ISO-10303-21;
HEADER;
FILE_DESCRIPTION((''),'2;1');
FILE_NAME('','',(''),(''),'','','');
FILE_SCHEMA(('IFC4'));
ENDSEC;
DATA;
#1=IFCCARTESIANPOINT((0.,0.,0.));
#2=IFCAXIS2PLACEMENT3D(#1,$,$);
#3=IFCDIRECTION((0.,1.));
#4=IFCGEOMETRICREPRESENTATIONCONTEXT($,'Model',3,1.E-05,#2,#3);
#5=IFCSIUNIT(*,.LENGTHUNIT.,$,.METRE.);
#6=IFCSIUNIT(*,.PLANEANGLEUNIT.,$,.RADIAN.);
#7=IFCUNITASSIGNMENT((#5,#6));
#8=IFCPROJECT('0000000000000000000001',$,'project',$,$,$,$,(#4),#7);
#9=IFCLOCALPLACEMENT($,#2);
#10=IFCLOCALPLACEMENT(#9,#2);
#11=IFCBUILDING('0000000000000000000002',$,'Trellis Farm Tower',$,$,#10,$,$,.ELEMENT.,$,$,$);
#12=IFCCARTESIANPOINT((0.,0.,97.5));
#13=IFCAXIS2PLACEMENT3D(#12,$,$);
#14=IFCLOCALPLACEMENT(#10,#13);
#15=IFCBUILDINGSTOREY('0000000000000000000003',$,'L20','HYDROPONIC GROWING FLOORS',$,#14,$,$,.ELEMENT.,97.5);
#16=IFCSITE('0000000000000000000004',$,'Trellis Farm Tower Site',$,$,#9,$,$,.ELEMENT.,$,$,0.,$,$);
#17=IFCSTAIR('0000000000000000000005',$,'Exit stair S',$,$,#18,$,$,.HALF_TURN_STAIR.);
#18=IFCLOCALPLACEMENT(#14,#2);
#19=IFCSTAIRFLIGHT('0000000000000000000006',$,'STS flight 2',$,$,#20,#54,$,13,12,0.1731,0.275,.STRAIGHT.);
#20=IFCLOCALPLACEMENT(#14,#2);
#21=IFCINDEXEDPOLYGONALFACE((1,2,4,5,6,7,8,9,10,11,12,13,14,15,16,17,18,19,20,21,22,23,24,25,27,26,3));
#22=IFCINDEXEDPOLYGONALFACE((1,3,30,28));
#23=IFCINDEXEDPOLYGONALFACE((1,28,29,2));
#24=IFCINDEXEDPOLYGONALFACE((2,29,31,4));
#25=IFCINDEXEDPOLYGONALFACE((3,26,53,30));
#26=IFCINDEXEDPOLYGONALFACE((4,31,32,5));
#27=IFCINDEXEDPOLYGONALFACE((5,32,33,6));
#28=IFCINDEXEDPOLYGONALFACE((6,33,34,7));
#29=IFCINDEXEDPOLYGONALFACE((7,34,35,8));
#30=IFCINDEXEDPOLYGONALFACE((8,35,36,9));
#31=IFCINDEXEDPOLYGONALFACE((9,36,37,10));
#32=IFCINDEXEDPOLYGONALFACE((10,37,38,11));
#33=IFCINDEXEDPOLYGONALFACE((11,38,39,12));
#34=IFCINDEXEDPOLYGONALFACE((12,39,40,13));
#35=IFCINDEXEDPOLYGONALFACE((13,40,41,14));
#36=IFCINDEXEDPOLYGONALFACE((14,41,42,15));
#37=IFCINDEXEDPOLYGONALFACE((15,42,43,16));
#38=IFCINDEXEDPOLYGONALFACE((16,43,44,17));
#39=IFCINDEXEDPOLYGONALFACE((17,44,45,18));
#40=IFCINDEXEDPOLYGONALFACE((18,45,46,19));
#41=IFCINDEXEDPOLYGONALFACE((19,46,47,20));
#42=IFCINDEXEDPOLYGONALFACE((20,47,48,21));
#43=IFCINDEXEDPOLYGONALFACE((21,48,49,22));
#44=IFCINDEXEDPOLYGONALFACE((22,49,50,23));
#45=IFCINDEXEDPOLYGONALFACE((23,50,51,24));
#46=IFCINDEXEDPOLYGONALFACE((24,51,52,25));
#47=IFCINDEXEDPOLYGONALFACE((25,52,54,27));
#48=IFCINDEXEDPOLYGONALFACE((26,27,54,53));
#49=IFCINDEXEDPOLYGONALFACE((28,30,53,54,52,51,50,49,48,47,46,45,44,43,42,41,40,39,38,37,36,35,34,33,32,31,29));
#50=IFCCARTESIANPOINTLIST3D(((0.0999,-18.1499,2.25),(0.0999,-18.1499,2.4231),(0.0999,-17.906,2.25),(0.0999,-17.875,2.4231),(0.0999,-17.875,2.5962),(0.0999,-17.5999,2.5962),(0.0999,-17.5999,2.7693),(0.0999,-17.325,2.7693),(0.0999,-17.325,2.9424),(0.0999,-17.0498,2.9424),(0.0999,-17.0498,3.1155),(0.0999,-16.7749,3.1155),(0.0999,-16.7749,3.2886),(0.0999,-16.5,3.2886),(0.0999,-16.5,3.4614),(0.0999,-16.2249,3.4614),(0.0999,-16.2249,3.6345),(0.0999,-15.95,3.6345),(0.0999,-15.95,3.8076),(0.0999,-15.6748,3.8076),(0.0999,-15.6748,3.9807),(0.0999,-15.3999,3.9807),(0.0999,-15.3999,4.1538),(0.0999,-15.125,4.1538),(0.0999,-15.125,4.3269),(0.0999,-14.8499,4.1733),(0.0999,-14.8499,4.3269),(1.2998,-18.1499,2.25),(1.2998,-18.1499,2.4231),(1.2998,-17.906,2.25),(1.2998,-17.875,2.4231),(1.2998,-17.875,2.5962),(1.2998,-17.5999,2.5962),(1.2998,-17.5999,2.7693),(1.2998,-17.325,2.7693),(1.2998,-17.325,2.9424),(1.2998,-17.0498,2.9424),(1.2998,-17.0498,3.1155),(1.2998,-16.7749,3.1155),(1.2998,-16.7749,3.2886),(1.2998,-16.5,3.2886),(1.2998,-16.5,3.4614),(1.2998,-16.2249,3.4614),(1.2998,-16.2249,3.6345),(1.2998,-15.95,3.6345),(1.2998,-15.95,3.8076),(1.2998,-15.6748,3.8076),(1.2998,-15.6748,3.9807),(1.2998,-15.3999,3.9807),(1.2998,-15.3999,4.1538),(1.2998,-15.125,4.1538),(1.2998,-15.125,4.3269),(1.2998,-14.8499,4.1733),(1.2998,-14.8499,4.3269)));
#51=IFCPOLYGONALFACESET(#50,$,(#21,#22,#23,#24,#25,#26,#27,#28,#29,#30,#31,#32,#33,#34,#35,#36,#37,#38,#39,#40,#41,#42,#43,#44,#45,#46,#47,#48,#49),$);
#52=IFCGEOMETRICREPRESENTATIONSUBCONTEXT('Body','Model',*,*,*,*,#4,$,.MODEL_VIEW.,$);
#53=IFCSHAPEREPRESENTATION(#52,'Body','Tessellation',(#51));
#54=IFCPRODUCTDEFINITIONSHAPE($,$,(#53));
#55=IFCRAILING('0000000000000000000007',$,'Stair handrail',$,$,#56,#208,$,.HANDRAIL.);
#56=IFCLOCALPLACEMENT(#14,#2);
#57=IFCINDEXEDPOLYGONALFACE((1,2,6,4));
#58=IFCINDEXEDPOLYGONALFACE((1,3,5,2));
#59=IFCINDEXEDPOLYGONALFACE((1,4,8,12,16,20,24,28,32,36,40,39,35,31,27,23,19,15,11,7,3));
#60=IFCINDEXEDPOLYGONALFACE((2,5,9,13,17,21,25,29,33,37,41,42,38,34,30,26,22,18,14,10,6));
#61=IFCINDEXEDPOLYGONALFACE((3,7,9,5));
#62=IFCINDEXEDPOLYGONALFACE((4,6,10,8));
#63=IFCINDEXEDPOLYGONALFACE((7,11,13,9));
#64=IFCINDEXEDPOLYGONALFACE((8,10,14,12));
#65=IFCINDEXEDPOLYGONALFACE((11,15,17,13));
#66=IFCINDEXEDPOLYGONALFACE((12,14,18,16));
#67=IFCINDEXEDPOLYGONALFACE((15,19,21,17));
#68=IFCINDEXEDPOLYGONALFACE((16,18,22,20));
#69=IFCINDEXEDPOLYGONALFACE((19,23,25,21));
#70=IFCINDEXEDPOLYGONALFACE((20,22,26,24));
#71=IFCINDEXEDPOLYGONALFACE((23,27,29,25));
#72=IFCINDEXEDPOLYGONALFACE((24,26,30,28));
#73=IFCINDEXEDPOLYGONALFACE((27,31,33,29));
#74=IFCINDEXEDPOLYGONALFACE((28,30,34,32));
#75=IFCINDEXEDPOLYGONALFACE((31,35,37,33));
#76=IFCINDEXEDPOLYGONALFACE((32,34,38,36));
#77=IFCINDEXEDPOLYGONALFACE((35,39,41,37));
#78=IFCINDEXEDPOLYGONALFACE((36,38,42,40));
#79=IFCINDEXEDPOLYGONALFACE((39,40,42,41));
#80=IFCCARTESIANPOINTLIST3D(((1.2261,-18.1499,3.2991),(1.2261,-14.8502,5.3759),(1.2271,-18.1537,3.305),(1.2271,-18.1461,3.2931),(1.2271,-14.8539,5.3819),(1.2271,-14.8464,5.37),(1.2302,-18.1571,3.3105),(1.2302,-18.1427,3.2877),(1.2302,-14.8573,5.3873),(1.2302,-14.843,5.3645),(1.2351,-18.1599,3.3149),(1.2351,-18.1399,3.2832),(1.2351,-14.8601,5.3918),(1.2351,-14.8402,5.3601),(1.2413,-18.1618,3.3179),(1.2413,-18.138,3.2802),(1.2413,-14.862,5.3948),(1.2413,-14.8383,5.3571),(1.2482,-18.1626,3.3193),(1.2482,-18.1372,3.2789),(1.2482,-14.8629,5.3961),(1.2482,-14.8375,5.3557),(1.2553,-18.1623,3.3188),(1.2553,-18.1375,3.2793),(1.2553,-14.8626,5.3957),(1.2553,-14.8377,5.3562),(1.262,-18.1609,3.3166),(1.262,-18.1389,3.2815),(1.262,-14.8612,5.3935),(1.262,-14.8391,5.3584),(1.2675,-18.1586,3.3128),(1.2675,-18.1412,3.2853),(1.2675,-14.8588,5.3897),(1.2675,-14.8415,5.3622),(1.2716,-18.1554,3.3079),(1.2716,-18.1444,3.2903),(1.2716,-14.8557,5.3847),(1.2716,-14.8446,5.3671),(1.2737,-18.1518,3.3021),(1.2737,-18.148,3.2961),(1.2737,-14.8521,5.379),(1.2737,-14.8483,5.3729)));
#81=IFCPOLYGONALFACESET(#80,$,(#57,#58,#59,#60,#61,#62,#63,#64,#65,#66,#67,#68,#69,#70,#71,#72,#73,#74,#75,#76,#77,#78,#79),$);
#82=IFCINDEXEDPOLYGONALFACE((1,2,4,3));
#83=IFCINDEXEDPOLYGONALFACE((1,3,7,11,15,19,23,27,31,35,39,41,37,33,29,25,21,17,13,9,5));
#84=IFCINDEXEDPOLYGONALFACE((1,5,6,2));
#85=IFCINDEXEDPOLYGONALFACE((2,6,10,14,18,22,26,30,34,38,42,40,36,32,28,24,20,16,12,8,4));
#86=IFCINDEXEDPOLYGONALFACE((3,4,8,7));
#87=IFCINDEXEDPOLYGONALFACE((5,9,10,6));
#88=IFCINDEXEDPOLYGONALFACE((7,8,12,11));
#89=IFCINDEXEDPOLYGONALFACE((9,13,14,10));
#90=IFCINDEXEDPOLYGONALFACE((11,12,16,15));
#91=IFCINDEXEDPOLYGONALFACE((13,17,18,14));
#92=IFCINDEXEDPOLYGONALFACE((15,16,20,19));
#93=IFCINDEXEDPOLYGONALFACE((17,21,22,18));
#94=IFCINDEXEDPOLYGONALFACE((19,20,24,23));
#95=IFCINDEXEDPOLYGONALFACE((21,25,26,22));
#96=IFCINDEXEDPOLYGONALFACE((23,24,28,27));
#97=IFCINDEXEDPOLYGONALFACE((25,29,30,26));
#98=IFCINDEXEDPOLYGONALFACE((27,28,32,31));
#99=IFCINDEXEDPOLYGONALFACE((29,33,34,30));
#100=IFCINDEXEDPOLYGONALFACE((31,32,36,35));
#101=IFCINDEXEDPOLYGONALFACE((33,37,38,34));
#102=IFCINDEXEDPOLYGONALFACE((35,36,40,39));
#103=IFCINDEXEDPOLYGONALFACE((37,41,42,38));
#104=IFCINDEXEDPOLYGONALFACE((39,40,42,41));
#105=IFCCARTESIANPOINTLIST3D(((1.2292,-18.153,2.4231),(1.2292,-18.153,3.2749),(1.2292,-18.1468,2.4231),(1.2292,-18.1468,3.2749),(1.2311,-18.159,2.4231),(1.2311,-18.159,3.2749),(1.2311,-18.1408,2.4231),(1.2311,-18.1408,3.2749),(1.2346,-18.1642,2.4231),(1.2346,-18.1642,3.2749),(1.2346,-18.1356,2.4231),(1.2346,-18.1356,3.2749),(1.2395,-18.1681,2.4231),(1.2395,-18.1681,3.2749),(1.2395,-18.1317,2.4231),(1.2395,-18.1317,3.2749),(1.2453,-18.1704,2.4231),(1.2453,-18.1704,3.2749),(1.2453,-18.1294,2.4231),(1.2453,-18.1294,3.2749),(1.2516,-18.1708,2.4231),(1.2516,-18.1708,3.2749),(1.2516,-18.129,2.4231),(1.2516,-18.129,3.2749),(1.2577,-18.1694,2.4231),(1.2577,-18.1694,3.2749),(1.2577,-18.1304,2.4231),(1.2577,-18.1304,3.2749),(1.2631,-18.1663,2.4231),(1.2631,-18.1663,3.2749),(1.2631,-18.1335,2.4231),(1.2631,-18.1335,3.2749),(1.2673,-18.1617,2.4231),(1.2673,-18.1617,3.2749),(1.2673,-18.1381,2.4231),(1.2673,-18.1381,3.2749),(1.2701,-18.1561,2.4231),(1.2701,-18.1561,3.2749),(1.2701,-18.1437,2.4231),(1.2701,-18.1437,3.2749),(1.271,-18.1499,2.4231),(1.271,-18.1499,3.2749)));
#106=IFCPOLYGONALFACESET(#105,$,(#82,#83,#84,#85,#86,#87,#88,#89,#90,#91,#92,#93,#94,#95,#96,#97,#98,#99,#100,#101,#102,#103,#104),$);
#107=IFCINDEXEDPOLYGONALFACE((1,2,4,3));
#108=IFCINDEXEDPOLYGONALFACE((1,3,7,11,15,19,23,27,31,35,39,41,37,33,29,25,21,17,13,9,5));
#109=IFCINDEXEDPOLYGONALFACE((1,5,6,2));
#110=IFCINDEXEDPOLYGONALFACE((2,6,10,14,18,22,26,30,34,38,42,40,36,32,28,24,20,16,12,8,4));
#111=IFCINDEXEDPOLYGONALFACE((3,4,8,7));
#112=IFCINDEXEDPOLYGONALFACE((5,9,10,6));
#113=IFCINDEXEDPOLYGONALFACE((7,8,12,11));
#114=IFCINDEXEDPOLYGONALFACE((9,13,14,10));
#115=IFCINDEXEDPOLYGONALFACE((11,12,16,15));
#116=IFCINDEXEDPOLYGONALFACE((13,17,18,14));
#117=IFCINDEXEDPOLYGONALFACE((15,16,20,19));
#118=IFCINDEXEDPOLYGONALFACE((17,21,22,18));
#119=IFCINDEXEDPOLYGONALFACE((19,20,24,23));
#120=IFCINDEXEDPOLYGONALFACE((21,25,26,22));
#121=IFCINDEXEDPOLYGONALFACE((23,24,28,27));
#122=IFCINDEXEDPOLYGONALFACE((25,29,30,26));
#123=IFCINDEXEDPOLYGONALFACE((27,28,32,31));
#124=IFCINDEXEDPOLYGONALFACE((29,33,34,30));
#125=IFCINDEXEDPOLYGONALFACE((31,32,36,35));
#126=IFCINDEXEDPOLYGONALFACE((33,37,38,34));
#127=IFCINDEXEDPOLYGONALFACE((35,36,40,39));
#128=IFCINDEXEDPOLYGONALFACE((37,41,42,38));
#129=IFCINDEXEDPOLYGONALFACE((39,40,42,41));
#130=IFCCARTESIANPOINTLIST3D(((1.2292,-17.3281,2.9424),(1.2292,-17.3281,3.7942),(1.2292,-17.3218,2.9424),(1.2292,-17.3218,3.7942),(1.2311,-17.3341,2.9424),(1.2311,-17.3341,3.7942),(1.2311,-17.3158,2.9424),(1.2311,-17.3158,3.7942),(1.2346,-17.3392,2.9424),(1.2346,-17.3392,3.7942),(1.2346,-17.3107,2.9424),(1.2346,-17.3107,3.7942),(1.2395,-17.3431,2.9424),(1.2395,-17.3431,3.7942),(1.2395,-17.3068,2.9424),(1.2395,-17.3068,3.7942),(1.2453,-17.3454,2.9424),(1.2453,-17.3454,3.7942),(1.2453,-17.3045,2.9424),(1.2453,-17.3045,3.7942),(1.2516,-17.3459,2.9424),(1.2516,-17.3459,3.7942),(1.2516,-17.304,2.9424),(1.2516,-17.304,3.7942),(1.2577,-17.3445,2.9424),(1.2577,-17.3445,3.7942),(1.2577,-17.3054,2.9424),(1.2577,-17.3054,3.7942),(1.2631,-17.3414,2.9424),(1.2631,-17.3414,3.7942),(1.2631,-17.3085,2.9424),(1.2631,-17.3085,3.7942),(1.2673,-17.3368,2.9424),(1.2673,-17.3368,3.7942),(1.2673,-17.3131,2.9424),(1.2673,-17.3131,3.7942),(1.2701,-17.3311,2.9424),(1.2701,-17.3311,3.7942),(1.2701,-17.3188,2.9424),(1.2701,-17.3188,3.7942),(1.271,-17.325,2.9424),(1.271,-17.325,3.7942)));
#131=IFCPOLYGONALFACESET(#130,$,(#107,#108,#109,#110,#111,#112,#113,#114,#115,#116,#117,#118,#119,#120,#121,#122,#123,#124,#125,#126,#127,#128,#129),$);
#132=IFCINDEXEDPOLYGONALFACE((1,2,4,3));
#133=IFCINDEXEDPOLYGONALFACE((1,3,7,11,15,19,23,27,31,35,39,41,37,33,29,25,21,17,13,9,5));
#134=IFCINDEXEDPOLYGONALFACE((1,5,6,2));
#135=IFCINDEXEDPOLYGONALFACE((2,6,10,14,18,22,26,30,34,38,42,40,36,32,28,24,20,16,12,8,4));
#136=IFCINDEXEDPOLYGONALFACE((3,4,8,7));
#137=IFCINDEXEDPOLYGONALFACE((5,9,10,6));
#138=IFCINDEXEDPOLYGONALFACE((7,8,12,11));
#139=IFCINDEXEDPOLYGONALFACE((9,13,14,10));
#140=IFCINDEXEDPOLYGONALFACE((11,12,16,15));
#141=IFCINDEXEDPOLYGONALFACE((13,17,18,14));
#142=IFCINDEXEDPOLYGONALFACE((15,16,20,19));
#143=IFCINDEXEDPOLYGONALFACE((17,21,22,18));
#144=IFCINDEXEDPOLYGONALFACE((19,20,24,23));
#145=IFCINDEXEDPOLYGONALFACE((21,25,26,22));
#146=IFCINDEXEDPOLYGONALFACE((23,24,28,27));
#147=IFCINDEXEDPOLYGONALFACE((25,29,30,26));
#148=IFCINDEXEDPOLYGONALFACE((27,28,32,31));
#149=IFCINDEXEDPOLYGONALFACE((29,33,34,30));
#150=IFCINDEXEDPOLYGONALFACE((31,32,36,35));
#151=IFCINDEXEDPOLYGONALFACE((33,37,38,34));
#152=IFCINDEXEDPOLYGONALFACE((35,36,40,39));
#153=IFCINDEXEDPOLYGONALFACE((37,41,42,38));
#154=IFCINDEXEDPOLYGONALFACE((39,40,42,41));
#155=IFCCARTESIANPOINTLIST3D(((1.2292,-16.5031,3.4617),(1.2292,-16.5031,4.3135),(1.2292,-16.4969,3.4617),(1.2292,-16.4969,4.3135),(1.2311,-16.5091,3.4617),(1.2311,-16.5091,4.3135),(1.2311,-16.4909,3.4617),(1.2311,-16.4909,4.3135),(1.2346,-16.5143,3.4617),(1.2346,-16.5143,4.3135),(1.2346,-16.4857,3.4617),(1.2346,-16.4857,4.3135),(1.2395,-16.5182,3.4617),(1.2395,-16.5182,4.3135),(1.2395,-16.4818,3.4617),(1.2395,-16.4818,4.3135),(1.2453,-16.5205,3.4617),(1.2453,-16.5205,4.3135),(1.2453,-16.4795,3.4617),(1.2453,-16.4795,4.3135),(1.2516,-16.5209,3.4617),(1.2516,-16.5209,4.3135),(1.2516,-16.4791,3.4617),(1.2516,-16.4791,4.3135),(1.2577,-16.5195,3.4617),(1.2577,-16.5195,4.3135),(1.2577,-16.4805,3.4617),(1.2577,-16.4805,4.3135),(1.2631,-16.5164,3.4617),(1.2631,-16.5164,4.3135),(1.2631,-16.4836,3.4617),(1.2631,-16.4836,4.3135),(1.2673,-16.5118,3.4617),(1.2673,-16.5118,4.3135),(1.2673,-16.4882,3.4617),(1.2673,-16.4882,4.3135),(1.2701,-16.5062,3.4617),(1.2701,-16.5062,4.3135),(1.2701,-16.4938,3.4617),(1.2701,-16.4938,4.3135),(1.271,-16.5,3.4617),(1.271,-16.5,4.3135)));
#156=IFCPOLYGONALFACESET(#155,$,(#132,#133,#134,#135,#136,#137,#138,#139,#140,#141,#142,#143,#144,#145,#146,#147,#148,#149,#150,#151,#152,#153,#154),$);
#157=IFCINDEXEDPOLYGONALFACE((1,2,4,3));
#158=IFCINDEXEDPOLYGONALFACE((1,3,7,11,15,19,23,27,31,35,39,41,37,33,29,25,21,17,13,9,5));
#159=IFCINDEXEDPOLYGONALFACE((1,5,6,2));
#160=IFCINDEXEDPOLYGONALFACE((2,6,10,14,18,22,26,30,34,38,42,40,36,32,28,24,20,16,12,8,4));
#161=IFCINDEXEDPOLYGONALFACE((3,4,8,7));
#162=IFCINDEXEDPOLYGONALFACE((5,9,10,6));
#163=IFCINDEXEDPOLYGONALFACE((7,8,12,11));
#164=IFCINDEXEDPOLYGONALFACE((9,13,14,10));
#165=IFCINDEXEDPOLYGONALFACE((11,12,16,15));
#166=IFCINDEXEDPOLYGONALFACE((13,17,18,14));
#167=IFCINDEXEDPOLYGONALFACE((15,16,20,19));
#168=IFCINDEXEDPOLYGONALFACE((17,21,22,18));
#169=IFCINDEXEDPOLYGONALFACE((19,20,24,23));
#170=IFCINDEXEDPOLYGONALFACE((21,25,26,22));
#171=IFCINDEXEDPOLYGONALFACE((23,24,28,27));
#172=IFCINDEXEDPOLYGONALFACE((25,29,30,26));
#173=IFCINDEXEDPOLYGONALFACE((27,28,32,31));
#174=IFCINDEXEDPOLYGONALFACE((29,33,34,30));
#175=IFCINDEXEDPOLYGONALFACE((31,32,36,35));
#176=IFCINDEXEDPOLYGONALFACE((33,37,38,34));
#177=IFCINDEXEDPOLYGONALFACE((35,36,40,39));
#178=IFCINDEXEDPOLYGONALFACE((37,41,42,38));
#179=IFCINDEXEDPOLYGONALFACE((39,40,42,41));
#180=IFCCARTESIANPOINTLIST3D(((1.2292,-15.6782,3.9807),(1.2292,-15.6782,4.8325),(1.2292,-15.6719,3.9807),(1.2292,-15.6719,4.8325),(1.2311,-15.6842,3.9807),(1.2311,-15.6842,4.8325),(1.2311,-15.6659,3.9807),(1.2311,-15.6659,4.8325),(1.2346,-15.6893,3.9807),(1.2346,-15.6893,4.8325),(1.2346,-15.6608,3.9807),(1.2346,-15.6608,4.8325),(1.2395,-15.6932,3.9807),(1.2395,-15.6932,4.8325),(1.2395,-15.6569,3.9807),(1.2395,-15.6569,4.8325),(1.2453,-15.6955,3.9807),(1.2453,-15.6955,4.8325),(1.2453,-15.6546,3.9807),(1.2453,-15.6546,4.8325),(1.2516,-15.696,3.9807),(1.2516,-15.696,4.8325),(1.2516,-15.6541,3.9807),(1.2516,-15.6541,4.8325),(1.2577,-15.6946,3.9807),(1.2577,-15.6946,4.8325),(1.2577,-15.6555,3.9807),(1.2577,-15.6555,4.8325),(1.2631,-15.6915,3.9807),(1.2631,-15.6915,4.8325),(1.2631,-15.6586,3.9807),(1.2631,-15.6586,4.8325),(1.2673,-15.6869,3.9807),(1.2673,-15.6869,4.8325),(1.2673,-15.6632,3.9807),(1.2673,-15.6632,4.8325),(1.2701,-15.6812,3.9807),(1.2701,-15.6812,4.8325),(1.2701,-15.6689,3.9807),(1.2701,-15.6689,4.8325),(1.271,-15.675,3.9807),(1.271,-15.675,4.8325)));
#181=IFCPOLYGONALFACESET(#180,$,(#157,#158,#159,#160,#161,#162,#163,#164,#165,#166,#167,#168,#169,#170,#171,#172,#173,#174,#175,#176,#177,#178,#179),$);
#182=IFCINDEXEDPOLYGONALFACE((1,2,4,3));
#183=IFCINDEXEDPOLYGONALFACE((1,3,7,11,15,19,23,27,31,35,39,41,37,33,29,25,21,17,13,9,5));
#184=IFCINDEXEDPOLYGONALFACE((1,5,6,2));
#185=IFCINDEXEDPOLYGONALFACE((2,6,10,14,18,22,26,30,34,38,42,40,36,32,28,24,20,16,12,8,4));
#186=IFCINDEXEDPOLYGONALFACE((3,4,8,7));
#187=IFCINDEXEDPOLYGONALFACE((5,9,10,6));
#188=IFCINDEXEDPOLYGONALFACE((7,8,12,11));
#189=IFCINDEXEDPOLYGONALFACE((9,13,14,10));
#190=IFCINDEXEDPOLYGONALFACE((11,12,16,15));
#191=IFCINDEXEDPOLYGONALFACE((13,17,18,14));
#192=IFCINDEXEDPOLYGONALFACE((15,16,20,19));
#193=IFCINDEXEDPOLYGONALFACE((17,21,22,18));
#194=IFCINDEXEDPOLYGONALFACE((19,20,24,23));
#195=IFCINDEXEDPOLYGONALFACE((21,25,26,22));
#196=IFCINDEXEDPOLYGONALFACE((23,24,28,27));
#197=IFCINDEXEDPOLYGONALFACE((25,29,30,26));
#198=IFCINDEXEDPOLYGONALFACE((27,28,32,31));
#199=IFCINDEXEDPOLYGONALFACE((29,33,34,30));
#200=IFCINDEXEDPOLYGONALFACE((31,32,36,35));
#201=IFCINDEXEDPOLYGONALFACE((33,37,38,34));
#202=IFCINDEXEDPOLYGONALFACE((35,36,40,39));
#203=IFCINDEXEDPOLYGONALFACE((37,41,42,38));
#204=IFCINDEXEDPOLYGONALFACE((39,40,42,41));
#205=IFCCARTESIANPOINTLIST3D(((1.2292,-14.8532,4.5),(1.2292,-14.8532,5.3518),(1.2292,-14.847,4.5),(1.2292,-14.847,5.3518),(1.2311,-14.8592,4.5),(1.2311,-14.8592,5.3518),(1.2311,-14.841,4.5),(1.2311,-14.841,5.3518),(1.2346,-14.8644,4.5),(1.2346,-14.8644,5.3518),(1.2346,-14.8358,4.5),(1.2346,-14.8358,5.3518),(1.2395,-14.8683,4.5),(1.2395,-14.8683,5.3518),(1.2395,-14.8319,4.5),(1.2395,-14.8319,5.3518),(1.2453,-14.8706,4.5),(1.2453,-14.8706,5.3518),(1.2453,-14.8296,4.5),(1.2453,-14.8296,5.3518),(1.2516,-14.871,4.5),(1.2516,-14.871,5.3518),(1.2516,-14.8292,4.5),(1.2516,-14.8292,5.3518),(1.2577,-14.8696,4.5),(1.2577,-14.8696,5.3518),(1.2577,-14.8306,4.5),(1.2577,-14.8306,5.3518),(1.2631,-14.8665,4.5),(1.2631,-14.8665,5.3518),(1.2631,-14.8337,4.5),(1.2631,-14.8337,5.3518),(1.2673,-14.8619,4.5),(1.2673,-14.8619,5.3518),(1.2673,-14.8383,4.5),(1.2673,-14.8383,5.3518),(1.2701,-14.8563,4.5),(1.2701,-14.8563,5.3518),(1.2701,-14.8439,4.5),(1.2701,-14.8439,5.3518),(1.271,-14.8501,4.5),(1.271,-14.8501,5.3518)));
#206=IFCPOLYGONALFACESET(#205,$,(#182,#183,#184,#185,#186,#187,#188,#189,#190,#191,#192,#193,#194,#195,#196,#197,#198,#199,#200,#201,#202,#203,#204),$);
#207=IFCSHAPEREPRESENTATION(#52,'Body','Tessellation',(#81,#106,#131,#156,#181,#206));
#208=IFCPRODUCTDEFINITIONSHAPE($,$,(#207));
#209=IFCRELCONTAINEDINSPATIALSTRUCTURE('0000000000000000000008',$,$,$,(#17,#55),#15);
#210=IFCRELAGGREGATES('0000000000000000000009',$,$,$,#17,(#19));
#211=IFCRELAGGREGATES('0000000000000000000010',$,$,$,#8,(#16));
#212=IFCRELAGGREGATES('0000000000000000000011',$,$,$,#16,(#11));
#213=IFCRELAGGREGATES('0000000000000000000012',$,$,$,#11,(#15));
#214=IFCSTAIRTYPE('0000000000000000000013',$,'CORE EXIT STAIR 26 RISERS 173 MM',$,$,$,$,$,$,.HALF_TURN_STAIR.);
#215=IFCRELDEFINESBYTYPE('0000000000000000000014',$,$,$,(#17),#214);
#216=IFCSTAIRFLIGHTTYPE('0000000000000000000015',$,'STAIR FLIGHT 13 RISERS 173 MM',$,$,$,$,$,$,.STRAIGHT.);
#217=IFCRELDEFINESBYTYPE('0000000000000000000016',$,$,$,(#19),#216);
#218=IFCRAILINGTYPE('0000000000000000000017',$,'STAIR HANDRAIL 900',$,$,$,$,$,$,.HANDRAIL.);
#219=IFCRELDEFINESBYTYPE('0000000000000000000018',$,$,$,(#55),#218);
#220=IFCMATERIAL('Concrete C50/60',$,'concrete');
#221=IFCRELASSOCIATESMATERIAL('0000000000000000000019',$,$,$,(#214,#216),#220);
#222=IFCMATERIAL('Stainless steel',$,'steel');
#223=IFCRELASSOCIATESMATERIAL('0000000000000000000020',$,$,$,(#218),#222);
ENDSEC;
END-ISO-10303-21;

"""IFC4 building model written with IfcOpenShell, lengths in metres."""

from ifc_helpers import new_model, si_unit, direction, frame, origin, origin_2d, place, context, subcontext, project, spatial, polyline, circle, outline, extrude, source, transform, mapped, material, type_object, element, aggregate, save


model = new_model("IFC4")

# Units and contexts
model_context = context("Model", 3, precision=1e-05, world=origin(), true_north=direction((0.0, 1.0)))
body_context = subcontext(model_context, "Body", "Model", "MODEL_VIEW")
ifc_project = project(units=[si_unit("LENGTHUNIT", "METRE"), si_unit("PLANEANGLEUNIT", "RADIAN")], contexts=[model_context])

# Site, building, storey
site_placement = place(None, origin())
site = spatial("IfcSite", under=ifc_project, at=site_placement, Name="Trellis Farm Tower Site", CompositionType="ELEMENT", RefElevation=0.0)
building_placement = place(site_placement, origin())
building = spatial("IfcBuilding", under=site, at=building_placement, Name="Trellis Farm Tower", CompositionType="ELEMENT")
storey_placement = place(building_placement, frame((0.0, 0.0, 97.5)))
storey = spatial("IfcBuildingStorey", under=building, at=storey_placement, Name="L20", Description="HYDROPONIC GROWING FLOORS", CompositionType="ELEMENT", Elevation=97.5)

# Shared definitions
placement_1 = place(storey_placement, origin())

# Stair, stair flight
ifc_material_1 = material(Name="Concrete C50/60", Category="concrete")
stair_type = type_object("IfcStairType", Name="CORE EXIT STAIR 26 RISERS 173 MM", PredefinedType="HALF_TURN_STAIR", material=ifc_material_1)
stair = element("IfcStair", 1, at=placement_1, inside=storey, type_object=stair_type, Name="Exit stair S", PredefinedType="HALF_TURN_STAIR")
stair_flight_type = type_object("IfcStairFlightType", Name="STAIR FLIGHT 13 RISERS 173 MM", PredefinedType="STRAIGHT", material=ifc_material_1)
shared_shape_1 = source(origin(), body_context, "Body", "SweptSolid", [
    extrude(outline(polyline([(0.0, 0.0), (0.0, 0.1731), (0.2749, 0.1731), (0.2749, 0.3462), (0.55, 0.3462), (0.55, 0.5193), (0.825, 0.5193), (0.825, 0.6924), (1.1001, 0.6924), (1.1001, 0.8655), (1.375, 0.8655), (1.375, 1.0386), (1.6499, 1.0386), (1.6499, 1.2114), (1.925, 1.2114), (1.925, 1.3845), (2.2, 1.3845), (2.2, 1.5576), (2.4751, 1.5576), (2.4751, 1.7307), (2.75, 1.7307), (2.75, 1.9038), (3.0249, 1.9038), (3.0249, 2.0769), (3.3, 2.0769), (3.3, 2.25), (3.3, 1.9233), (0.2439, 0.0), (0.0, 0.0)])), frame((0.0, 0.6001, 0.0), z_axis=(0.0, -1.0, 0.0), x_axis=(1.0, 0.0, 0.0)), (0.0, 0.0, 1.0), 1.2),
])
stair_flight_placement = place(storey_placement, frame((0.7, -18.1499, 2.25), z_axis=(0.0, 0.0, 1.0), x_axis=(0.0, 1.0, 0.0)))
stair_flight = element("IfcStairFlight", 2, at=stair_flight_placement, type_object=stair_flight_type, Name="STS flight 2", NumberOfRisers=13, NumberOfTreads=12, PredefinedType="STRAIGHT", RiserHeight=0.1731, TreadLength=0.275, context=body_context, shape_type="MappedRepresentation", body=[
    mapped(shared_shape_1, transform((0.0, 0.0, 0.0))),
])
aggregate(stair, [stair_flight])

# Railing
ifc_material_2 = material(Name="Stainless steel", Category="steel")
railing_type = type_object("IfcRailingType", Name="STAIR HANDRAIL 900", PredefinedType="HANDRAIL", material=ifc_material_2)
shared_shape_2 = source(origin(), body_context, "Body", "SweptSolid", [
    extrude(circle(Radius=0.0239, at=origin_2d()), frame((0.0, 0.0, 0.876), z_axis=(0.0, 0.84632, 0.532675), x_axis=(-1.0, 0.0, 0.0)), (0.0, 0.0, 1.0), 3.8989),
    extrude(circle(Radius=0.021, at=origin_2d()), origin(), (0.0, 0.0, 1.0), 0.8518),
    extrude(circle(Radius=0.021, at=origin_2d()), frame((0.0, 0.825, 0.5193)), (0.0, 0.0, 1.0), 0.8518),
    extrude(circle(Radius=0.021, at=origin_2d()), frame((0.0, 1.6499, 1.0386)), (0.0, 0.0, 1.0), 0.8518),
    extrude(circle(Radius=0.021, at=origin_2d()), frame((0.0, 2.4749, 1.5576)), (0.0, 0.0, 1.0), 0.8518),
    extrude(circle(Radius=0.021, at=origin_2d()), frame((0.0, 3.2998, 2.0769)), (0.0, 0.0, 1.0), 0.8518),
])
railing_placement = place(storey_placement, frame((1.25, -18.1499, 2.4231)))
element("IfcRailing", 3, at=railing_placement, inside=storey, type_object=railing_type, Name="Stair handrail", PredefinedType="HANDRAIL", context=body_context, shape_type="MappedRepresentation", body=[
    mapped(shared_shape_2, transform((0.0, 0.0, 0.0))),
])

save(model, "model.ifc")
